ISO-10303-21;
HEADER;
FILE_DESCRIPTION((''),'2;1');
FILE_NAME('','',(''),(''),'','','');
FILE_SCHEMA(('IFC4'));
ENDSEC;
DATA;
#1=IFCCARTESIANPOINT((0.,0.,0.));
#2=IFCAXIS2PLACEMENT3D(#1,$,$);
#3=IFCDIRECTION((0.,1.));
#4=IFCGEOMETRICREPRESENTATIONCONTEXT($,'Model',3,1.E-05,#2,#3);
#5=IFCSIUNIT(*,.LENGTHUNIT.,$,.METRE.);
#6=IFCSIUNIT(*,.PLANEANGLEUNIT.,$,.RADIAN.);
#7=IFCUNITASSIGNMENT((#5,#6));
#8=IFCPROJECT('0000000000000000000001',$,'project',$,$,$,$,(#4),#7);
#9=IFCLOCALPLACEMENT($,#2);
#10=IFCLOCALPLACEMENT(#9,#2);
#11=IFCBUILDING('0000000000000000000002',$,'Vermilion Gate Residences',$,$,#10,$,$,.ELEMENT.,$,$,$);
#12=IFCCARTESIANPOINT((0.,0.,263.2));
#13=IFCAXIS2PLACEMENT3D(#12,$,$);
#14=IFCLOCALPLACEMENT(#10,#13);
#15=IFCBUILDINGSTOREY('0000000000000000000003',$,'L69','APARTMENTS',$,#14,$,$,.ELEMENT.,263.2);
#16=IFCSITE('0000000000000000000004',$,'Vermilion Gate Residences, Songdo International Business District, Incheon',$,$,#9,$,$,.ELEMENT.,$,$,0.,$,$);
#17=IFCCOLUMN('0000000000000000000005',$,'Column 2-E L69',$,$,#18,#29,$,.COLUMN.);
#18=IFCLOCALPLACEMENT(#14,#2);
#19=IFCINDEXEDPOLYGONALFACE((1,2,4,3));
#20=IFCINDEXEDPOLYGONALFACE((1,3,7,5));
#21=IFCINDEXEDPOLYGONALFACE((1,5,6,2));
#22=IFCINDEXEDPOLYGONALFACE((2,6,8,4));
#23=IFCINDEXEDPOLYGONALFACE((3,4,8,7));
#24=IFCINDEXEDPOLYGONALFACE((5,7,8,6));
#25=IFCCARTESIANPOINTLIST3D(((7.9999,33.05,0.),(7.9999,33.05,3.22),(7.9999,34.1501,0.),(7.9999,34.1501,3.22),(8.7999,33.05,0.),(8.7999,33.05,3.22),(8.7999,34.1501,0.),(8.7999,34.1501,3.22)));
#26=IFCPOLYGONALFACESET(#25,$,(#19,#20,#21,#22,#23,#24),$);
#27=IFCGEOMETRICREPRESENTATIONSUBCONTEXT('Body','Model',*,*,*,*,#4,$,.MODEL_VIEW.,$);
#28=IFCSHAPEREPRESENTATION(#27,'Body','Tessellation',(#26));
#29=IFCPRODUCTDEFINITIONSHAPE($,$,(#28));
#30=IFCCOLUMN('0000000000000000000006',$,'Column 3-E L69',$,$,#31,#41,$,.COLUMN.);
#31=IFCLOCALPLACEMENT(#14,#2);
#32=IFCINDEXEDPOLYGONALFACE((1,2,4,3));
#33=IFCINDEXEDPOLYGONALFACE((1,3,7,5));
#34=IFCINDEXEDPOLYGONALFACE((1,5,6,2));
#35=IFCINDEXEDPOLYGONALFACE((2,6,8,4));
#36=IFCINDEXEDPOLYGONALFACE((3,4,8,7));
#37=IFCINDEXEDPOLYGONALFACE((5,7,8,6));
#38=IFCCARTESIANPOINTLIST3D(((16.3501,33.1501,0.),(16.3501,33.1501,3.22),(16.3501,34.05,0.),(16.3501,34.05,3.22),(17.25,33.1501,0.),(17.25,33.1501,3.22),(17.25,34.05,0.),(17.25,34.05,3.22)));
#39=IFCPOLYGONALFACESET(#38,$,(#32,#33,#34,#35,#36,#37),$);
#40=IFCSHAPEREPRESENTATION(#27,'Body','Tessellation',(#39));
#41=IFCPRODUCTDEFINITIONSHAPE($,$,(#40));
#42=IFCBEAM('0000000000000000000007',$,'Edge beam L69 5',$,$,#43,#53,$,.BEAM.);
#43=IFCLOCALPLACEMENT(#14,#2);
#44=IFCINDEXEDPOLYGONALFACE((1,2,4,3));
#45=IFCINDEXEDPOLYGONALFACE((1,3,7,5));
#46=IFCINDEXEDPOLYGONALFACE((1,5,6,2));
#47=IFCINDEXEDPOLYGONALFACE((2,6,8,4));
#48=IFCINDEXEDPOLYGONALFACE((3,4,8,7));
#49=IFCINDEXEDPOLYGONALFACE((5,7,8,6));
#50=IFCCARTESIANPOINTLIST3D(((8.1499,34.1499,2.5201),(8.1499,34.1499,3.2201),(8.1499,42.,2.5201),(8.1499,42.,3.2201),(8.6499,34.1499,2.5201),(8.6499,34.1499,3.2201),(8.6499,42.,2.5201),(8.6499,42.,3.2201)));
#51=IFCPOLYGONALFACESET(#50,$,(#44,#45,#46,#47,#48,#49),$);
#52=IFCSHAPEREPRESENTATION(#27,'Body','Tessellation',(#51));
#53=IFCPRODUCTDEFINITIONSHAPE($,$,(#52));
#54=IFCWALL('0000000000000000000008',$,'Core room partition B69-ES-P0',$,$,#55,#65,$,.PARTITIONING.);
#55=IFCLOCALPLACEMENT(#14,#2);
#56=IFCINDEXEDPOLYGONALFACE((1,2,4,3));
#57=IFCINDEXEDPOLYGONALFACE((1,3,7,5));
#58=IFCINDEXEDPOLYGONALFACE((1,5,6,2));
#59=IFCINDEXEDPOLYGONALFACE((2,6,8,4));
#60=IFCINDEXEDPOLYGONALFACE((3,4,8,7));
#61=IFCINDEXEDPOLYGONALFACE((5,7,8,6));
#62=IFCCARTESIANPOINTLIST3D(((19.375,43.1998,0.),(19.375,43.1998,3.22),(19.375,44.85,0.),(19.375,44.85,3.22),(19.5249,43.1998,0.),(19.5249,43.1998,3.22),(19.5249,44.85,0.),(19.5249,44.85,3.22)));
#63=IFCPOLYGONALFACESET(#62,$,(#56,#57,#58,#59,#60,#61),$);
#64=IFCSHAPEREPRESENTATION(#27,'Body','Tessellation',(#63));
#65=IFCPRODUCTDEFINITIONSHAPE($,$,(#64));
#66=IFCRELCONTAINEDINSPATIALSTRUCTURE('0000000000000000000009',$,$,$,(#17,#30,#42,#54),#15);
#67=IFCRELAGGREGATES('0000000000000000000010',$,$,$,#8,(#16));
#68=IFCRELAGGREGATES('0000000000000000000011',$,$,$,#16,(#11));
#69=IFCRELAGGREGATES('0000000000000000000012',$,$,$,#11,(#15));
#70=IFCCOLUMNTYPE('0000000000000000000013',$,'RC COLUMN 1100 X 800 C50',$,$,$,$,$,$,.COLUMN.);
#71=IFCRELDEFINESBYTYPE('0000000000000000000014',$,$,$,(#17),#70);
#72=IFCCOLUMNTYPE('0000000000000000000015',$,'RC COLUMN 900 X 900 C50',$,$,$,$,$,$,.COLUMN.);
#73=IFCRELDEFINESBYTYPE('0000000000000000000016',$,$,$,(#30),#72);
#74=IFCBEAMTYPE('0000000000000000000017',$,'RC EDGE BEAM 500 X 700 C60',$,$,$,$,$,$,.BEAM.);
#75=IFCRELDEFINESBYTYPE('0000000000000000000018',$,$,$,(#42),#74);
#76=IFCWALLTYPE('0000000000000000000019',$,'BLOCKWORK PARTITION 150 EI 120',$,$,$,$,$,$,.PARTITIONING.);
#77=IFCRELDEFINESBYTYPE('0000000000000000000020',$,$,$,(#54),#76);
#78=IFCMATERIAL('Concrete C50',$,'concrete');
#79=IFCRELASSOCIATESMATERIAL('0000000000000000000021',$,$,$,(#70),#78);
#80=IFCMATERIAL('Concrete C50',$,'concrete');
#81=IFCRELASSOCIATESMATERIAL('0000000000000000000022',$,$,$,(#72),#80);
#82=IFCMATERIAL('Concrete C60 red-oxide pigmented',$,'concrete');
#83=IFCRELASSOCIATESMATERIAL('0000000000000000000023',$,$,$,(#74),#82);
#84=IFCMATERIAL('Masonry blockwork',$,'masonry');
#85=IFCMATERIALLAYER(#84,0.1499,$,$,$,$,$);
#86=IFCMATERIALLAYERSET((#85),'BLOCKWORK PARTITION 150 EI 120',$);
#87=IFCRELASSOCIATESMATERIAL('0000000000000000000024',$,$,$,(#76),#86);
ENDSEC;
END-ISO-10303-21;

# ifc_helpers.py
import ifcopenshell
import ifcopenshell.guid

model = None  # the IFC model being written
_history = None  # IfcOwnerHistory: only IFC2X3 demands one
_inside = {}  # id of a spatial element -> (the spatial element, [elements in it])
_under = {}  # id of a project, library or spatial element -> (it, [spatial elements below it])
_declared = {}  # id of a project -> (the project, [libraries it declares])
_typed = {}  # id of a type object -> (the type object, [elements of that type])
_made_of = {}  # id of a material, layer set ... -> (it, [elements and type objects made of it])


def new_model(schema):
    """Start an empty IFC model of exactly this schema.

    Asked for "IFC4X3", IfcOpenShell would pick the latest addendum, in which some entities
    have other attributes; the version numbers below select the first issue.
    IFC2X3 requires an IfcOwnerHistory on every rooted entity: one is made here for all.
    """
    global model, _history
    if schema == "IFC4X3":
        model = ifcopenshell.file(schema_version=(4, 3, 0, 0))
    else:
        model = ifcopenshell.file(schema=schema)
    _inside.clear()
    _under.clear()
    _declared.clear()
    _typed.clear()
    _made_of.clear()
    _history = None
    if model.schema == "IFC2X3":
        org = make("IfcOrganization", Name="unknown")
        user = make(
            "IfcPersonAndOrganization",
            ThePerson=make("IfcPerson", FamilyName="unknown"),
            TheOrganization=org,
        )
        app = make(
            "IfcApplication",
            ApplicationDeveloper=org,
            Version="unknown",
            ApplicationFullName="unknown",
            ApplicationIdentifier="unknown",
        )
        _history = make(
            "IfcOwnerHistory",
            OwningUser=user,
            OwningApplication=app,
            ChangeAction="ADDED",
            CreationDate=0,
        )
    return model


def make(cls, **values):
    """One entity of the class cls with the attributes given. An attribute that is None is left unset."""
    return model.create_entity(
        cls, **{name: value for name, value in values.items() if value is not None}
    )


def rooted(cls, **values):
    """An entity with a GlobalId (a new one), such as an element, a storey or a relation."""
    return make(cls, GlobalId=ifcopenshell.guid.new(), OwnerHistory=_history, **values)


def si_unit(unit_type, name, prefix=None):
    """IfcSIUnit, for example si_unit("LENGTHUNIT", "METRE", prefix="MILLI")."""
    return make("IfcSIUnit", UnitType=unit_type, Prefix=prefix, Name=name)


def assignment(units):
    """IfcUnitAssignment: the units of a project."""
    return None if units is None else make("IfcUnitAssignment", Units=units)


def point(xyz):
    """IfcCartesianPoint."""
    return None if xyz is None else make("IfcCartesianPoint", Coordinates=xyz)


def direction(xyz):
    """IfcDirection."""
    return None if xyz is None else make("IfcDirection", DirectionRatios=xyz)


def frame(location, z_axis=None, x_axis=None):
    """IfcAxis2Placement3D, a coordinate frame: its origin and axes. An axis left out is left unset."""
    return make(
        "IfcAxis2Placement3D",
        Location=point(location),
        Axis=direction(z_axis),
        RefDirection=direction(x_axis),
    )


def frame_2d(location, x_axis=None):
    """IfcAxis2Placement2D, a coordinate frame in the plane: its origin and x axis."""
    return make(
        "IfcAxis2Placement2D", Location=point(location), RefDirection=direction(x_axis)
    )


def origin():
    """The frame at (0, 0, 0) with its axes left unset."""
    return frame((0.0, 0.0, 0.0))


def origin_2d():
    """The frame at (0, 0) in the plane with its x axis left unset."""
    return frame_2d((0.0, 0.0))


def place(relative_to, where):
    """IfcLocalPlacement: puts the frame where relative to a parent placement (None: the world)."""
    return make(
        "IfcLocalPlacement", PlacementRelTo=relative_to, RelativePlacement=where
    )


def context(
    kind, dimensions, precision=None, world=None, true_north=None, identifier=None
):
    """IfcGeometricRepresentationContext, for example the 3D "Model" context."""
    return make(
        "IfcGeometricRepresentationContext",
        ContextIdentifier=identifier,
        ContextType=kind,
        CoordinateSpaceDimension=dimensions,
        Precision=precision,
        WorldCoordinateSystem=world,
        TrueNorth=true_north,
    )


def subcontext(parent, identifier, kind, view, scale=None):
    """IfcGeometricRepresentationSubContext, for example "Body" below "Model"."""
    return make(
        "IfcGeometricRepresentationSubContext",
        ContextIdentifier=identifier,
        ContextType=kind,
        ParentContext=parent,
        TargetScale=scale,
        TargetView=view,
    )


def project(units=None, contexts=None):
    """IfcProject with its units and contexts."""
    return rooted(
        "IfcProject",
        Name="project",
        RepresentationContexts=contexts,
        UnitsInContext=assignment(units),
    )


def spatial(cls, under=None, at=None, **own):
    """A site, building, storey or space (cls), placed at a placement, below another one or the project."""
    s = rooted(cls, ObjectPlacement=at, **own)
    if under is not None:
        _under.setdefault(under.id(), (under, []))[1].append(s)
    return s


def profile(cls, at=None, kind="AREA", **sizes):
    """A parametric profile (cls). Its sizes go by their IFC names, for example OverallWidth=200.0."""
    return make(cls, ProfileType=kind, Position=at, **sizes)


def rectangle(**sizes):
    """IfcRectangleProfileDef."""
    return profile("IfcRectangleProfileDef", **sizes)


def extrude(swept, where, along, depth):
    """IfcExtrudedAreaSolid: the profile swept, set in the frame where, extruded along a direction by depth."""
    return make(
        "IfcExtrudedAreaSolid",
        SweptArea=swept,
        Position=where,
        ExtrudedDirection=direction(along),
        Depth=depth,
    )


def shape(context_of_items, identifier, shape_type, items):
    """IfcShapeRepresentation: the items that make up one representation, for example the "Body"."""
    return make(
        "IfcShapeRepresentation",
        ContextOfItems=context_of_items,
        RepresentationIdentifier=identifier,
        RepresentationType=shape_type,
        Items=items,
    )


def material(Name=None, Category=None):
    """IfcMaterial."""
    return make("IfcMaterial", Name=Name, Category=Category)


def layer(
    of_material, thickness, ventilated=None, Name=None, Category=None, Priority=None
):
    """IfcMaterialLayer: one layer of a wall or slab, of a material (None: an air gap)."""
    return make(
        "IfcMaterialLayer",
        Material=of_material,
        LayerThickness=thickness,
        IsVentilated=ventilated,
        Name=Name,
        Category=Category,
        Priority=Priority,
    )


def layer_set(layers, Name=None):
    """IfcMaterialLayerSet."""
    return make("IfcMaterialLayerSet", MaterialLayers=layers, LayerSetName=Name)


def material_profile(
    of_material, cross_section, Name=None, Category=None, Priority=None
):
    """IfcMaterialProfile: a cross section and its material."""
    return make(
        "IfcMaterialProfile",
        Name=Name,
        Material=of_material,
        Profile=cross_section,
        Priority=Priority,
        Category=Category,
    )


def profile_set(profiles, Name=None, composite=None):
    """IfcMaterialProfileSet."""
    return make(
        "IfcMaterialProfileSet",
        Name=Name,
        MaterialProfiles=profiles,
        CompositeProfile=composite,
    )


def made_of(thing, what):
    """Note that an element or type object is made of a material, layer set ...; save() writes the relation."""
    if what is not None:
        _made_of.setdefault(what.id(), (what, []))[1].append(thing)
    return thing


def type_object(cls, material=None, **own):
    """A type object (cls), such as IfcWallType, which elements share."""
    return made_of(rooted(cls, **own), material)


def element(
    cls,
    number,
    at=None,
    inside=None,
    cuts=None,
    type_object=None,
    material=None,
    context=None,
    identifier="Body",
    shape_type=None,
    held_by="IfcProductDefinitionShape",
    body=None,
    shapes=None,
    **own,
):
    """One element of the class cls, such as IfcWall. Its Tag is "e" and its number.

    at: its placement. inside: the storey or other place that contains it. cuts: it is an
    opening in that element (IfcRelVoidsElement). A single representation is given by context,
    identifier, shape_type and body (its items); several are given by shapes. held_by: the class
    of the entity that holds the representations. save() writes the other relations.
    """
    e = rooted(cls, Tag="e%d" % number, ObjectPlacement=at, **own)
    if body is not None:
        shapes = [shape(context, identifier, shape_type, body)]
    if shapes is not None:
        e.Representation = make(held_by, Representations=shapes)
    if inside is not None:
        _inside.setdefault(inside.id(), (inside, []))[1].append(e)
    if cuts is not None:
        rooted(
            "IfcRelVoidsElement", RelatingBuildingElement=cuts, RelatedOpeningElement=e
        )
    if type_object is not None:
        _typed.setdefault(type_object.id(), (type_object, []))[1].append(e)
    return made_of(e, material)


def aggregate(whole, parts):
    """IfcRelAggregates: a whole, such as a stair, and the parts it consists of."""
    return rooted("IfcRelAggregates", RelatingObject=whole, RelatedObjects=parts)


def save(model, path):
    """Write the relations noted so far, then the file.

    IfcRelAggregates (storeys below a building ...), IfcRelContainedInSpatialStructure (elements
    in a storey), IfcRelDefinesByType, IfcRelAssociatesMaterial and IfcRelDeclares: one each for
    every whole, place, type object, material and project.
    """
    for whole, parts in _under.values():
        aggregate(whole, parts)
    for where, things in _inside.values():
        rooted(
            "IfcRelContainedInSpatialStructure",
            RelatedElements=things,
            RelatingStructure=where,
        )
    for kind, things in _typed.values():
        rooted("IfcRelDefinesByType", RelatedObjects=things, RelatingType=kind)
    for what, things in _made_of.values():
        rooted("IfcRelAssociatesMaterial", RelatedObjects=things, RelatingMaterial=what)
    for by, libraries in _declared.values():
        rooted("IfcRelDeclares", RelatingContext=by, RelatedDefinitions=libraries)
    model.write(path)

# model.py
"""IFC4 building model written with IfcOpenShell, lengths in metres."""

from ifc_helpers import new_model, si_unit, direction, frame, frame_2d, origin, origin_2d, place, context, subcontext, project, spatial, rectangle, extrude, material, layer, layer_set, material_profile, profile_set, type_object, element, save


model = new_model("IFC4")

# Units and contexts
model_context = context("Model", 3, precision=1e-05, world=origin(), true_north=direction((0.0, 1.0)))
body_context = subcontext(model_context, "Body", "Model", "MODEL_VIEW")
ifc_project = project(units=[si_unit("LENGTHUNIT", "METRE"), si_unit("PLANEANGLEUNIT", "RADIAN")], contexts=[model_context])

# Site, building, storey
site_placement = place(None, origin())
site = spatial("IfcSite", under=ifc_project, at=site_placement, Name="Vermilion Gate Residences, Songdo International Business District, Incheon", CompositionType="ELEMENT", RefElevation=0.0)
building_placement = place(site_placement, origin())
building = spatial("IfcBuilding", under=site, at=building_placement, Name="Vermilion Gate Residences", CompositionType="ELEMENT")
storey_placement = place(building_placement, frame((0.0, 0.0, 263.2)))
storey = spatial("IfcBuildingStorey", under=building, at=storey_placement, Name="L69", Description="APARTMENTS", CompositionType="ELEMENT", Elevation=263.2)

# Columns
ifc_material_1 = material(Name="Concrete C50", Category="concrete")
ifc_material_profile_1 = material_profile(ifc_material_1, rectangle(XDim=1.1001, YDim=0.8, at=origin_2d()), Name="RC-1100x800")
ifc_profile_set_1 = profile_set([ifc_material_profile_1], Name="Concrete C50")
column_type_1 = type_object("IfcColumnType", Name="RC COLUMN 1100 X 800 C50", PredefinedType="COLUMN", material=ifc_profile_set_1)
column_1_placement = place(storey_placement, frame((8.3999, 33.6001, 0.0), z_axis=(0.0, 0.0, 1.0), x_axis=(0.0, 1.0, 0.0)))
element("IfcColumn", 1, at=column_1_placement, inside=storey, type_object=column_type_1, Name="Column 2-E L69", PredefinedType="COLUMN", context=body_context, shape_type="SweptSolid", body=[
    extrude(rectangle(XDim=1.1001, YDim=0.8, at=origin_2d()), origin(), (0.0, 0.0, 1.0), 3.22),
])
ifc_material_2 = material(Name="Concrete C50", Category="concrete")
ifc_material_profile_2 = material_profile(ifc_material_2, rectangle(XDim=0.8999, YDim=0.8999, at=origin_2d()), Name="RC-900x900")
ifc_profile_set_2 = profile_set([ifc_material_profile_2], Name="Concrete C50")
column_type_2 = type_object("IfcColumnType", Name="RC COLUMN 900 X 900 C50", PredefinedType="COLUMN", material=ifc_profile_set_2)
column_2_placement = place(storey_placement, frame((16.8, 33.6001, 0.0), z_axis=(0.0, 0.0, 1.0), x_axis=(1.0, 0.0, 0.0)))
element("IfcColumn", 2, at=column_2_placement, inside=storey, type_object=column_type_2, Name="Column 3-E L69", PredefinedType="COLUMN", context=body_context, shape_type="SweptSolid", body=[
    extrude(rectangle(XDim=0.8999, YDim=0.8999, at=origin_2d()), origin(), (0.0, 0.0, 1.0), 3.22),
])

# Beam
ifc_material_3 = material(Name="Concrete C60 red-oxide pigmented", Category="concrete")
ifc_material_profile_3 = material_profile(ifc_material_3, rectangle(XDim=0.5, YDim=0.7, at=origin_2d()), Name="RC-500x700")
ifc_profile_set_3 = profile_set([ifc_material_profile_3], Name="Concrete C60 red-oxide pigmented")
beam_type = type_object("IfcBeamType", Name="RC EDGE BEAM 500 X 700 C60", PredefinedType="BEAM", material=ifc_profile_set_3)
beam_placement = place(storey_placement, frame((8.3999, 34.1499, 2.8701), z_axis=(0.0, 1.0, 0.0), x_axis=(-1.0, 0.0, 0.0)))
element("IfcBeam", 3, at=beam_placement, inside=storey, type_object=beam_type, Name="Edge beam L69 5", PredefinedType="BEAM", context=body_context, shape_type="SweptSolid", body=[
    extrude(rectangle(XDim=0.5, YDim=0.7, at=origin_2d()), origin(), (0.0, 0.0, 1.0), 7.8501),
])

# Wall
ifc_material_4 = material(Name="Masonry blockwork", Category="masonry")
ifc_layer_1 = layer(ifc_material_4, 0.1499)
ifc_layer_set_1 = layer_set([ifc_layer_1], Name="BLOCKWORK PARTITION 150 EI 120")
wall_type_1 = type_object("IfcWallType", Name="BLOCKWORK PARTITION 150 EI 120", PredefinedType="PARTITIONING", material=ifc_layer_set_1)
wall_1_placement = place(storey_placement, frame((19.45, 44.8501, 0.0), z_axis=(0.0, 0.0, 1.0), x_axis=(0.0, -1.0, 0.0)))
element("IfcWall", 4, at=wall_1_placement, inside=storey, type_object=wall_type_1, Name="Core room partition B69-ES-P0", PredefinedType="PARTITIONING", context=body_context, shape_type="SweptSolid", body=[
    extrude(rectangle(XDim=1.6501, YDim=0.1499, at=frame_2d((0.8252, 0.0))), origin(), (0.0, 0.0, 1.0), 3.22),
])

save(model, "model.ifc")
